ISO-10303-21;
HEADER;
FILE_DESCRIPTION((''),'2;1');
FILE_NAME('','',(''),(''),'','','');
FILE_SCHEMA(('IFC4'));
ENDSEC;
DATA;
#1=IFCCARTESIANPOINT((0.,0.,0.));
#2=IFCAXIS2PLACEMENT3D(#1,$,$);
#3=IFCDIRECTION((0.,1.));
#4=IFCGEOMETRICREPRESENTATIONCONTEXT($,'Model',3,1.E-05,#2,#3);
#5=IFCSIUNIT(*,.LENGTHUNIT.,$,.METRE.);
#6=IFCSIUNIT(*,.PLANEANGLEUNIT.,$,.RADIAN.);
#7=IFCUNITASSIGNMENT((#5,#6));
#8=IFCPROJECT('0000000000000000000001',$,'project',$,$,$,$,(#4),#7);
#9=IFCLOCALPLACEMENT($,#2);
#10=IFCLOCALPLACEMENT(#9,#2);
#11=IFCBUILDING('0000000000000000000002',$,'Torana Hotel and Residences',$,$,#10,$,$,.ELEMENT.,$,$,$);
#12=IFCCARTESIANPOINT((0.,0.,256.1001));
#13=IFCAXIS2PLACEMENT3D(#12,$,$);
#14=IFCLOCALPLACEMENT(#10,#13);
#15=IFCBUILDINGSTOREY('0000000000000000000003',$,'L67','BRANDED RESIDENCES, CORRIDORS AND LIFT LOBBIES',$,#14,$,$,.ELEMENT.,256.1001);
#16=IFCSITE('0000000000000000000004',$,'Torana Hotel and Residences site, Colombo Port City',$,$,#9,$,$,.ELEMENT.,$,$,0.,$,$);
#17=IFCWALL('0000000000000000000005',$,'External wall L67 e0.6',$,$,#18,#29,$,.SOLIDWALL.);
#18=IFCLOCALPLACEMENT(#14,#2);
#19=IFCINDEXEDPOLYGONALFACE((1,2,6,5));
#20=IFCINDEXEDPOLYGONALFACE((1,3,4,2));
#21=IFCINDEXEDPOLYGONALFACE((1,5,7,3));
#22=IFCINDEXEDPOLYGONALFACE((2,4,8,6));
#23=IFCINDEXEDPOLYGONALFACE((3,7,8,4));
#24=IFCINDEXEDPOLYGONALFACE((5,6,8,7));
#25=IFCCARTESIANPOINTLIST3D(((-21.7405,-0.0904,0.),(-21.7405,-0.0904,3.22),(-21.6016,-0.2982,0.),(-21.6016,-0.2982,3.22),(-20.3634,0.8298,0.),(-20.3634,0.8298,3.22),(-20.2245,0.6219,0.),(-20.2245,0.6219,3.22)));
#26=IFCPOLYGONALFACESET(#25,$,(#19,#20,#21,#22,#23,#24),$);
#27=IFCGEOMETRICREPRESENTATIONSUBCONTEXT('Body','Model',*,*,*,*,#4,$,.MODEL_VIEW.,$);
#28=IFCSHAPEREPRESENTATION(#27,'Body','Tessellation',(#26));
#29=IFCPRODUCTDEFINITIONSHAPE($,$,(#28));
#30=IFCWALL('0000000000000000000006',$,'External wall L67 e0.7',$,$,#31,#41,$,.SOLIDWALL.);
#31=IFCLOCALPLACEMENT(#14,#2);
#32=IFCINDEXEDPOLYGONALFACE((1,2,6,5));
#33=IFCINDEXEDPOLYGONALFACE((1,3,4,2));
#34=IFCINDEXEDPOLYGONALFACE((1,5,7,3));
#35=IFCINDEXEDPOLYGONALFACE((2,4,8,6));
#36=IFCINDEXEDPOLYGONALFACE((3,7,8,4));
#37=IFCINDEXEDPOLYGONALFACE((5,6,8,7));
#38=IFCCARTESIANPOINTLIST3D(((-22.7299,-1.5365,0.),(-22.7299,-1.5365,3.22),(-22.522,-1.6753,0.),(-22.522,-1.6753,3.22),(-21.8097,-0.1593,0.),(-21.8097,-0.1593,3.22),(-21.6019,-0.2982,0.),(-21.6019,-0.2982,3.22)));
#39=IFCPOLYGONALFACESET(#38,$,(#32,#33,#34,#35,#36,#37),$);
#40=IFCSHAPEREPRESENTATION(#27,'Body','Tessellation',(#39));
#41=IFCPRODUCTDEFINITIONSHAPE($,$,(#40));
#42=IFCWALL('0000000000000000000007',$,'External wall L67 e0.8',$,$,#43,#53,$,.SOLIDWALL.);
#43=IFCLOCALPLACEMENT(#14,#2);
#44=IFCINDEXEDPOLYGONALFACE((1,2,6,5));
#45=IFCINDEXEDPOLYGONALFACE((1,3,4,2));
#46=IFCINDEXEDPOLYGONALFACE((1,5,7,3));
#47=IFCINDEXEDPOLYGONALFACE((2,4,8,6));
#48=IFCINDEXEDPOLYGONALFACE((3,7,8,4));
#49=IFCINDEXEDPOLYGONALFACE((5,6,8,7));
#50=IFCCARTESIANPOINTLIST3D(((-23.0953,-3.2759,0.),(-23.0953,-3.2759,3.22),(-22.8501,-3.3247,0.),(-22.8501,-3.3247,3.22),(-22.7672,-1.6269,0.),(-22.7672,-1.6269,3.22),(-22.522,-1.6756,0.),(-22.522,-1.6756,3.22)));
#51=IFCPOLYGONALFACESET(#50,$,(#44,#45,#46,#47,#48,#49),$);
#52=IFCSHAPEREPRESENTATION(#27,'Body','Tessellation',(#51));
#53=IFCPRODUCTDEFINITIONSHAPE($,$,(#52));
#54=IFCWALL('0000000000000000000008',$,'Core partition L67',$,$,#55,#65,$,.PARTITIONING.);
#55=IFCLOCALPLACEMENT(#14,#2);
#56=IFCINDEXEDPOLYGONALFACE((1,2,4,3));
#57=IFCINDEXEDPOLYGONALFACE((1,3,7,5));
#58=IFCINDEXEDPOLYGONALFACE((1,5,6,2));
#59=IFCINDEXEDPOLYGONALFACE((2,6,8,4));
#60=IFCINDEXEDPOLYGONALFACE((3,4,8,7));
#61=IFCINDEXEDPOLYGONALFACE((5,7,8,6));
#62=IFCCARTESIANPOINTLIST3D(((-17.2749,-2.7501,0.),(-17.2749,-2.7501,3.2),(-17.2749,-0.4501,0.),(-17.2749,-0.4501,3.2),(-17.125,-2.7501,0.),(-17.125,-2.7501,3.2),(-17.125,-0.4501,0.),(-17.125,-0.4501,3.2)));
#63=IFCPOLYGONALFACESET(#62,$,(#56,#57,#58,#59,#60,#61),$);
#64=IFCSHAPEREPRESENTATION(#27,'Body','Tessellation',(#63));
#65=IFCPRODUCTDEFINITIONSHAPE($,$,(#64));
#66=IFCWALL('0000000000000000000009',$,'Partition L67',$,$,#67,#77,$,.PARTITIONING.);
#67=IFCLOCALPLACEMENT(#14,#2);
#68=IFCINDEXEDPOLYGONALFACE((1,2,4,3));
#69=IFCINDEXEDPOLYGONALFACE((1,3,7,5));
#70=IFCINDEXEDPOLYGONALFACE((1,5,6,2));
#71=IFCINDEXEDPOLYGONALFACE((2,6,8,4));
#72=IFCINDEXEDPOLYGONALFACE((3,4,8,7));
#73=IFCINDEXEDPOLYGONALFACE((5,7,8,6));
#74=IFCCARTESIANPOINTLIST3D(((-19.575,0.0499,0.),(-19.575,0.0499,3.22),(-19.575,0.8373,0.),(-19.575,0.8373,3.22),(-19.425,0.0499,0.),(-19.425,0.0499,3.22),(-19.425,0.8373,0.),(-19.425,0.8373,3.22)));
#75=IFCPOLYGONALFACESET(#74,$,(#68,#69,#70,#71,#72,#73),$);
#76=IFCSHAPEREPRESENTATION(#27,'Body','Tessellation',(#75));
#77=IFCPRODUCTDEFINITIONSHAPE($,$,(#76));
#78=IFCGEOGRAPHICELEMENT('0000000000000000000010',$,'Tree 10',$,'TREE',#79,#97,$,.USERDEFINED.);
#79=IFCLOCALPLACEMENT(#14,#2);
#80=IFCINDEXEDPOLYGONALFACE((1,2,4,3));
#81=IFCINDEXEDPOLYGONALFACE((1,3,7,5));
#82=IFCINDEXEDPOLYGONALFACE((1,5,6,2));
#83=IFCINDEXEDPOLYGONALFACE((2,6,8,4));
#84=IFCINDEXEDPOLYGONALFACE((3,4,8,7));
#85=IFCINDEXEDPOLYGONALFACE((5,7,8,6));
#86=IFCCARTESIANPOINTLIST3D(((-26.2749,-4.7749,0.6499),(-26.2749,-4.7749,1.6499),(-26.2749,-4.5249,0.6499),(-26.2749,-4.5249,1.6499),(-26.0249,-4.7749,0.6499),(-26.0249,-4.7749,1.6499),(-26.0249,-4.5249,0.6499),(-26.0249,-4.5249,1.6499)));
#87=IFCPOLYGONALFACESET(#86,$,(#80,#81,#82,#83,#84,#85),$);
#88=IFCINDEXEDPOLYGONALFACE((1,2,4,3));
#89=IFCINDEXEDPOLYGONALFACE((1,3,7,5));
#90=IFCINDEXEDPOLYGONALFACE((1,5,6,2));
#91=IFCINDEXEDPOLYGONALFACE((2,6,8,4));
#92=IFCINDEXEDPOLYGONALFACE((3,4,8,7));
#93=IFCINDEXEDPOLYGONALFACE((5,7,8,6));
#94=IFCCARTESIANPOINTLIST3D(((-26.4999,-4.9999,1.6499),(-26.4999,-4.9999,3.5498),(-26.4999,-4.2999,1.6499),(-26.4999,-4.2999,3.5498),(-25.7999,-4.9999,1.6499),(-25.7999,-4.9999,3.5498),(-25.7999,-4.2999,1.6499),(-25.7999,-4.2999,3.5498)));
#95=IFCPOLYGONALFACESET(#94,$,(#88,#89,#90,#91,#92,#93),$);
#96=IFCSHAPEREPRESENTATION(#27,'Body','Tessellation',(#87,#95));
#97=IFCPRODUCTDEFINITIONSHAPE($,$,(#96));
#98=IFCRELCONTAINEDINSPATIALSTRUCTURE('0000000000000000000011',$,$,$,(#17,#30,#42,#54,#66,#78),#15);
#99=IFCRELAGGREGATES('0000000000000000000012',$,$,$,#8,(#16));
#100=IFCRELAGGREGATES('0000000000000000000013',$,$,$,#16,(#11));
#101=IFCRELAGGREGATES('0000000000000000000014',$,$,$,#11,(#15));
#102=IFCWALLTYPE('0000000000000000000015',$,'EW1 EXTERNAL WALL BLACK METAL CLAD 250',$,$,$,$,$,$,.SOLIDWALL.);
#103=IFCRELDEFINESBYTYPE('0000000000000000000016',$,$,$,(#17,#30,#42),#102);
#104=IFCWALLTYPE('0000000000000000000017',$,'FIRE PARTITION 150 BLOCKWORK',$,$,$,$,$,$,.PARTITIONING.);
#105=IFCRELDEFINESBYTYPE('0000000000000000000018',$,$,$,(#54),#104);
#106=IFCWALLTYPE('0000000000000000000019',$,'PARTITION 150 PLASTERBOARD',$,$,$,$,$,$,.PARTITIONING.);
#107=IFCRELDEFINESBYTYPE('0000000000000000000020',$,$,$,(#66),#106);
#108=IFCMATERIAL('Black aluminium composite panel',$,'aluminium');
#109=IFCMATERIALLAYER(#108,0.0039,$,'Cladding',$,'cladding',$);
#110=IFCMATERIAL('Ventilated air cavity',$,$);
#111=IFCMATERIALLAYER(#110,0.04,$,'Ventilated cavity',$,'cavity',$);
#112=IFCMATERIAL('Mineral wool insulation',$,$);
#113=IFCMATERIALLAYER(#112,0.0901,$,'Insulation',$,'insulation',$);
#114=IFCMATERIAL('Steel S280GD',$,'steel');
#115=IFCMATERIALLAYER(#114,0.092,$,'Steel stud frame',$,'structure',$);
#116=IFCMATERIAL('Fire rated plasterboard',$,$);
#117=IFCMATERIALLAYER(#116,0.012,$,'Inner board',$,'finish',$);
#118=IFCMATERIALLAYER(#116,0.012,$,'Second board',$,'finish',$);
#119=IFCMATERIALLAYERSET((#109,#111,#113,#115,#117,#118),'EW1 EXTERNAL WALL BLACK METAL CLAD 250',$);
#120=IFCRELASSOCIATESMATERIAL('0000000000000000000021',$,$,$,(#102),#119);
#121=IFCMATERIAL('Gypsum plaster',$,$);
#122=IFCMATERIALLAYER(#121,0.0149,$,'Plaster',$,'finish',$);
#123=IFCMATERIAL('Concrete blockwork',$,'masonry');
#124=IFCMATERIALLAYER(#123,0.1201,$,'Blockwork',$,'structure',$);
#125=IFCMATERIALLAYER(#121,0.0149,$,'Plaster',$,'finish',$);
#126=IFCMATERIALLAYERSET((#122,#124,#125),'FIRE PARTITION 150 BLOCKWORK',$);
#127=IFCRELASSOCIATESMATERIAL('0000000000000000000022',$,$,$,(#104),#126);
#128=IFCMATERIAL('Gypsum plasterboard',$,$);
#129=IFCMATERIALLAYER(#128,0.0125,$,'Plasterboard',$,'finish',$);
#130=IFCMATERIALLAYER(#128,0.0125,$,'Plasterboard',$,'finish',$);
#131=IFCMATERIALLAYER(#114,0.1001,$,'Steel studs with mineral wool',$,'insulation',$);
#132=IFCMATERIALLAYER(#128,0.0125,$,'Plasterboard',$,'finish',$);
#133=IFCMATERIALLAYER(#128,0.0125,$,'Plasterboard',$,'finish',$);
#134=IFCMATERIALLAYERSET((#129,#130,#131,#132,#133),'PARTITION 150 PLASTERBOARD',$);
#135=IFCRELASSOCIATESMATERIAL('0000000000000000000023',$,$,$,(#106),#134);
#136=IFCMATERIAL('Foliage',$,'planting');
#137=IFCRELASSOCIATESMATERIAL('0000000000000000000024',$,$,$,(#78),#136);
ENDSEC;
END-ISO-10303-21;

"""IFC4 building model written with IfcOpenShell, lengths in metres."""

from ifc_helpers import new_model, si_unit, direction, frame, frame_2d, origin, origin_2d, place, context, subcontext, project, spatial, rectangle, extrude, material, layer, layer_set, type_object, element, save


model = new_model("IFC4")

# Units and contexts
model_context = context("Model", 3, precision=1e-05, world=origin(), true_north=direction((0.0, 1.0)))
body_context = subcontext(model_context, "Body", "Model", "MODEL_VIEW")
ifc_project = project(units=[si_unit("LENGTHUNIT", "METRE"), si_unit("PLANEANGLEUNIT", "RADIAN")], contexts=[model_context])

# Site, building, storey
site_placement = place(None, origin())
site = spatial("IfcSite", under=ifc_project, at=site_placement, Name="Torana Hotel and Residences site, Colombo Port City", CompositionType="ELEMENT", RefElevation=0.0)
building_placement = place(site_placement, origin())
building = spatial("IfcBuilding", under=site, at=building_placement, Name="Torana Hotel and Residences", CompositionType="ELEMENT")
storey_placement = place(building_placement, frame((0.0, 0.0, 256.1001)))
storey = spatial("IfcBuildingStorey", under=building, at=storey_placement, Name="L67", Description="BRANDED RESIDENCES, CORRIDORS AND LIFT LOBBIES", CompositionType="ELEMENT", Elevation=256.1001)

# Walls
ifc_material_1 = material(Name="Black aluminium composite panel", Category="aluminium")
ifc_layer_1 = layer(ifc_material_1, 0.0039, Name="Cladding", Category="cladding")
ifc_material_2 = material(Name="Ventilated air cavity")
ifc_layer_2 = layer(ifc_material_2, 0.04, Name="Ventilated cavity", Category="cavity")
ifc_material_3 = material(Name="Mineral wool insulation")
ifc_layer_3 = layer(ifc_material_3, 0.0901, Name="Insulation", Category="insulation")
ifc_material_4 = material(Name="Steel S280GD", Category="steel")
ifc_layer_4 = layer(ifc_material_4, 0.092, Name="Steel stud frame", Category="structure")
ifc_material_5 = material(Name="Fire rated plasterboard")
ifc_layer_5 = layer(ifc_material_5, 0.012, Name="Inner board", Category="finish")
ifc_layer_6 = layer(ifc_material_5, 0.012, Name="Second board", Category="finish")
ifc_layer_set_1 = layer_set([ifc_layer_1, ifc_layer_2, ifc_layer_3, ifc_layer_4, ifc_layer_5, ifc_layer_6], Name="EW1 EXTERNAL WALL BLACK METAL CLAD 250")
wall_type_1 = type_object("IfcWallType", Name="EW1 EXTERNAL WALL BLACK METAL CLAD 250", PredefinedType="SOLIDWALL", material=ifc_layer_set_1)
for number, where, z_axis, x_axis, name in (
    (1, (-20.2939, 0.7258, 0.0), (0.0, 0.0, 1.0), (-0.831483, -0.55555, 0.0), "External wall L67 e0.6"),
    (2, (-21.7058, -0.2288, 0.0), (0.0, 0.0, 1.0), (-0.55555, -0.831483, 0.0), "External wall L67 e0.7"),
):
    element("IfcWall", number, at=place(storey_placement, frame(where, z_axis=z_axis, x_axis=x_axis)), inside=storey, type_object=wall_type_1, Name=name, PredefinedType="SOLIDWALL", context=body_context, shape_type="SweptSolid", body=[
        extrude(rectangle(XDim=1.6562, YDim=0.25, at=frame_2d((0.8281, 0.0))), origin(), (0.0, 0.0, 1.0), 3.22),
    ])
wall_1_placement = place(storey_placement, frame((-22.6445, -1.6511, 0.0), z_axis=(0.0, 0.0, 1.0), x_axis=(-0.195139, -0.980776, 0.0)))
element("IfcWall", 3, at=wall_1_placement, inside=storey, type_object=wall_type_1, Name="External wall L67 e0.8", PredefinedType="SOLIDWALL", context=body_context, shape_type="SweptSolid", body=[
    extrude(rectangle(XDim=1.6814, YDim=0.25, at=frame_2d((0.8408, 0.0))), origin(), (0.0, 0.0, 1.0), 3.22),
])

# Walls
ifc_material_6 = material(Name="Gypsum plaster")
ifc_layer_7 = layer(ifc_material_6, 0.0149, Name="Plaster", Category="finish")
ifc_material_7 = material(Name="Concrete blockwork", Category="masonry")
ifc_layer_8 = layer(ifc_material_7, 0.1201, Name="Blockwork", Category="structure")
ifc_layer_9 = layer(ifc_material_6, 0.0149, Name="Plaster", Category="finish")
ifc_layer_set_2 = layer_set([ifc_layer_7, ifc_layer_8, ifc_layer_9], Name="FIRE PARTITION 150 BLOCKWORK")
wall_type_2 = type_object("IfcWallType", Name="FIRE PARTITION 150 BLOCKWORK", PredefinedType="PARTITIONING", material=ifc_layer_set_2)
wall_2_placement = place(storey_placement, frame((-17.2, -2.75, 0.0), z_axis=(0.0, 0.0, 1.0), x_axis=(0.0, 1.0, 0.0)))
element("IfcWall", 4, at=wall_2_placement, inside=storey, type_object=wall_type_2, Name="Core partition L67", PredefinedType="PARTITIONING", context=body_context, shape_type="SweptSolid", body=[
    extrude(rectangle(XDim=2.3, YDim=0.1499, at=frame_2d((1.1499, 0.0))), origin(), (0.0, 0.0, 1.0), 3.2),
])
ifc_material_8 = material(Name="Gypsum plasterboard")
ifc_layer_10 = layer(ifc_material_8, 0.0125, Name="Plasterboard", Category="finish")
ifc_layer_11 = layer(ifc_material_8, 0.0125, Name="Plasterboard", Category="finish")
ifc_layer_12 = layer(ifc_material_4, 0.1001, Name="Steel studs with mineral wool", Category="insulation")
ifc_layer_13 = layer(ifc_material_8, 0.0125, Name="Plasterboard", Category="finish")
ifc_layer_14 = layer(ifc_material_8, 0.0125, Name="Plasterboard", Category="finish")
ifc_layer_set_3 = layer_set([ifc_layer_10, ifc_layer_11, ifc_layer_12, ifc_layer_13, ifc_layer_14], Name="PARTITION 150 PLASTERBOARD")
wall_type_3 = type_object("IfcWallType", Name="PARTITION 150 PLASTERBOARD", PredefinedType="PARTITIONING", material=ifc_layer_set_3)
wall_3_placement = place(storey_placement, frame((-19.5, 0.05, 0.0), z_axis=(0.0, 0.0, 1.0), x_axis=(0.0, 1.0, 0.0)))
element("IfcWall", 5, at=wall_3_placement, inside=storey, type_object=wall_type_3, Name="Partition L67", PredefinedType="PARTITIONING", context=body_context, shape_type="SweptSolid", body=[
    extrude(rectangle(XDim=0.7874, YDim=0.1499, at=frame_2d((0.3936, 0.0))), origin(), (0.0, 0.0, 1.0), 3.22),
])

# Geographic element
ifc_material_9 = material(Name="Foliage", Category="planting")
geographic_element_placement = place(storey_placement, frame((-26.1499, -4.6499, 0.6499), z_axis=(0.0, 0.0, 1.0), x_axis=(1.0, 0.0, 0.0)))
element("IfcGeographicElement", 6, at=geographic_element_placement, inside=storey, material=ifc_material_9, Name="Tree 10", ObjectType="TREE", PredefinedType="USERDEFINED", context=body_context, shape_type="SweptSolid", body=[
    extrude(rectangle(XDim=0.25, YDim=0.25, at=origin_2d()), origin(), (0.0, 0.0, 1.0), 1.0),
    extrude(rectangle(XDim=0.7, YDim=0.7, at=origin_2d()), frame((0.0, 0.0, 1.0)), (0.0, 0.0, 1.0), 1.8999),
])

save(model, "model.ifc")
